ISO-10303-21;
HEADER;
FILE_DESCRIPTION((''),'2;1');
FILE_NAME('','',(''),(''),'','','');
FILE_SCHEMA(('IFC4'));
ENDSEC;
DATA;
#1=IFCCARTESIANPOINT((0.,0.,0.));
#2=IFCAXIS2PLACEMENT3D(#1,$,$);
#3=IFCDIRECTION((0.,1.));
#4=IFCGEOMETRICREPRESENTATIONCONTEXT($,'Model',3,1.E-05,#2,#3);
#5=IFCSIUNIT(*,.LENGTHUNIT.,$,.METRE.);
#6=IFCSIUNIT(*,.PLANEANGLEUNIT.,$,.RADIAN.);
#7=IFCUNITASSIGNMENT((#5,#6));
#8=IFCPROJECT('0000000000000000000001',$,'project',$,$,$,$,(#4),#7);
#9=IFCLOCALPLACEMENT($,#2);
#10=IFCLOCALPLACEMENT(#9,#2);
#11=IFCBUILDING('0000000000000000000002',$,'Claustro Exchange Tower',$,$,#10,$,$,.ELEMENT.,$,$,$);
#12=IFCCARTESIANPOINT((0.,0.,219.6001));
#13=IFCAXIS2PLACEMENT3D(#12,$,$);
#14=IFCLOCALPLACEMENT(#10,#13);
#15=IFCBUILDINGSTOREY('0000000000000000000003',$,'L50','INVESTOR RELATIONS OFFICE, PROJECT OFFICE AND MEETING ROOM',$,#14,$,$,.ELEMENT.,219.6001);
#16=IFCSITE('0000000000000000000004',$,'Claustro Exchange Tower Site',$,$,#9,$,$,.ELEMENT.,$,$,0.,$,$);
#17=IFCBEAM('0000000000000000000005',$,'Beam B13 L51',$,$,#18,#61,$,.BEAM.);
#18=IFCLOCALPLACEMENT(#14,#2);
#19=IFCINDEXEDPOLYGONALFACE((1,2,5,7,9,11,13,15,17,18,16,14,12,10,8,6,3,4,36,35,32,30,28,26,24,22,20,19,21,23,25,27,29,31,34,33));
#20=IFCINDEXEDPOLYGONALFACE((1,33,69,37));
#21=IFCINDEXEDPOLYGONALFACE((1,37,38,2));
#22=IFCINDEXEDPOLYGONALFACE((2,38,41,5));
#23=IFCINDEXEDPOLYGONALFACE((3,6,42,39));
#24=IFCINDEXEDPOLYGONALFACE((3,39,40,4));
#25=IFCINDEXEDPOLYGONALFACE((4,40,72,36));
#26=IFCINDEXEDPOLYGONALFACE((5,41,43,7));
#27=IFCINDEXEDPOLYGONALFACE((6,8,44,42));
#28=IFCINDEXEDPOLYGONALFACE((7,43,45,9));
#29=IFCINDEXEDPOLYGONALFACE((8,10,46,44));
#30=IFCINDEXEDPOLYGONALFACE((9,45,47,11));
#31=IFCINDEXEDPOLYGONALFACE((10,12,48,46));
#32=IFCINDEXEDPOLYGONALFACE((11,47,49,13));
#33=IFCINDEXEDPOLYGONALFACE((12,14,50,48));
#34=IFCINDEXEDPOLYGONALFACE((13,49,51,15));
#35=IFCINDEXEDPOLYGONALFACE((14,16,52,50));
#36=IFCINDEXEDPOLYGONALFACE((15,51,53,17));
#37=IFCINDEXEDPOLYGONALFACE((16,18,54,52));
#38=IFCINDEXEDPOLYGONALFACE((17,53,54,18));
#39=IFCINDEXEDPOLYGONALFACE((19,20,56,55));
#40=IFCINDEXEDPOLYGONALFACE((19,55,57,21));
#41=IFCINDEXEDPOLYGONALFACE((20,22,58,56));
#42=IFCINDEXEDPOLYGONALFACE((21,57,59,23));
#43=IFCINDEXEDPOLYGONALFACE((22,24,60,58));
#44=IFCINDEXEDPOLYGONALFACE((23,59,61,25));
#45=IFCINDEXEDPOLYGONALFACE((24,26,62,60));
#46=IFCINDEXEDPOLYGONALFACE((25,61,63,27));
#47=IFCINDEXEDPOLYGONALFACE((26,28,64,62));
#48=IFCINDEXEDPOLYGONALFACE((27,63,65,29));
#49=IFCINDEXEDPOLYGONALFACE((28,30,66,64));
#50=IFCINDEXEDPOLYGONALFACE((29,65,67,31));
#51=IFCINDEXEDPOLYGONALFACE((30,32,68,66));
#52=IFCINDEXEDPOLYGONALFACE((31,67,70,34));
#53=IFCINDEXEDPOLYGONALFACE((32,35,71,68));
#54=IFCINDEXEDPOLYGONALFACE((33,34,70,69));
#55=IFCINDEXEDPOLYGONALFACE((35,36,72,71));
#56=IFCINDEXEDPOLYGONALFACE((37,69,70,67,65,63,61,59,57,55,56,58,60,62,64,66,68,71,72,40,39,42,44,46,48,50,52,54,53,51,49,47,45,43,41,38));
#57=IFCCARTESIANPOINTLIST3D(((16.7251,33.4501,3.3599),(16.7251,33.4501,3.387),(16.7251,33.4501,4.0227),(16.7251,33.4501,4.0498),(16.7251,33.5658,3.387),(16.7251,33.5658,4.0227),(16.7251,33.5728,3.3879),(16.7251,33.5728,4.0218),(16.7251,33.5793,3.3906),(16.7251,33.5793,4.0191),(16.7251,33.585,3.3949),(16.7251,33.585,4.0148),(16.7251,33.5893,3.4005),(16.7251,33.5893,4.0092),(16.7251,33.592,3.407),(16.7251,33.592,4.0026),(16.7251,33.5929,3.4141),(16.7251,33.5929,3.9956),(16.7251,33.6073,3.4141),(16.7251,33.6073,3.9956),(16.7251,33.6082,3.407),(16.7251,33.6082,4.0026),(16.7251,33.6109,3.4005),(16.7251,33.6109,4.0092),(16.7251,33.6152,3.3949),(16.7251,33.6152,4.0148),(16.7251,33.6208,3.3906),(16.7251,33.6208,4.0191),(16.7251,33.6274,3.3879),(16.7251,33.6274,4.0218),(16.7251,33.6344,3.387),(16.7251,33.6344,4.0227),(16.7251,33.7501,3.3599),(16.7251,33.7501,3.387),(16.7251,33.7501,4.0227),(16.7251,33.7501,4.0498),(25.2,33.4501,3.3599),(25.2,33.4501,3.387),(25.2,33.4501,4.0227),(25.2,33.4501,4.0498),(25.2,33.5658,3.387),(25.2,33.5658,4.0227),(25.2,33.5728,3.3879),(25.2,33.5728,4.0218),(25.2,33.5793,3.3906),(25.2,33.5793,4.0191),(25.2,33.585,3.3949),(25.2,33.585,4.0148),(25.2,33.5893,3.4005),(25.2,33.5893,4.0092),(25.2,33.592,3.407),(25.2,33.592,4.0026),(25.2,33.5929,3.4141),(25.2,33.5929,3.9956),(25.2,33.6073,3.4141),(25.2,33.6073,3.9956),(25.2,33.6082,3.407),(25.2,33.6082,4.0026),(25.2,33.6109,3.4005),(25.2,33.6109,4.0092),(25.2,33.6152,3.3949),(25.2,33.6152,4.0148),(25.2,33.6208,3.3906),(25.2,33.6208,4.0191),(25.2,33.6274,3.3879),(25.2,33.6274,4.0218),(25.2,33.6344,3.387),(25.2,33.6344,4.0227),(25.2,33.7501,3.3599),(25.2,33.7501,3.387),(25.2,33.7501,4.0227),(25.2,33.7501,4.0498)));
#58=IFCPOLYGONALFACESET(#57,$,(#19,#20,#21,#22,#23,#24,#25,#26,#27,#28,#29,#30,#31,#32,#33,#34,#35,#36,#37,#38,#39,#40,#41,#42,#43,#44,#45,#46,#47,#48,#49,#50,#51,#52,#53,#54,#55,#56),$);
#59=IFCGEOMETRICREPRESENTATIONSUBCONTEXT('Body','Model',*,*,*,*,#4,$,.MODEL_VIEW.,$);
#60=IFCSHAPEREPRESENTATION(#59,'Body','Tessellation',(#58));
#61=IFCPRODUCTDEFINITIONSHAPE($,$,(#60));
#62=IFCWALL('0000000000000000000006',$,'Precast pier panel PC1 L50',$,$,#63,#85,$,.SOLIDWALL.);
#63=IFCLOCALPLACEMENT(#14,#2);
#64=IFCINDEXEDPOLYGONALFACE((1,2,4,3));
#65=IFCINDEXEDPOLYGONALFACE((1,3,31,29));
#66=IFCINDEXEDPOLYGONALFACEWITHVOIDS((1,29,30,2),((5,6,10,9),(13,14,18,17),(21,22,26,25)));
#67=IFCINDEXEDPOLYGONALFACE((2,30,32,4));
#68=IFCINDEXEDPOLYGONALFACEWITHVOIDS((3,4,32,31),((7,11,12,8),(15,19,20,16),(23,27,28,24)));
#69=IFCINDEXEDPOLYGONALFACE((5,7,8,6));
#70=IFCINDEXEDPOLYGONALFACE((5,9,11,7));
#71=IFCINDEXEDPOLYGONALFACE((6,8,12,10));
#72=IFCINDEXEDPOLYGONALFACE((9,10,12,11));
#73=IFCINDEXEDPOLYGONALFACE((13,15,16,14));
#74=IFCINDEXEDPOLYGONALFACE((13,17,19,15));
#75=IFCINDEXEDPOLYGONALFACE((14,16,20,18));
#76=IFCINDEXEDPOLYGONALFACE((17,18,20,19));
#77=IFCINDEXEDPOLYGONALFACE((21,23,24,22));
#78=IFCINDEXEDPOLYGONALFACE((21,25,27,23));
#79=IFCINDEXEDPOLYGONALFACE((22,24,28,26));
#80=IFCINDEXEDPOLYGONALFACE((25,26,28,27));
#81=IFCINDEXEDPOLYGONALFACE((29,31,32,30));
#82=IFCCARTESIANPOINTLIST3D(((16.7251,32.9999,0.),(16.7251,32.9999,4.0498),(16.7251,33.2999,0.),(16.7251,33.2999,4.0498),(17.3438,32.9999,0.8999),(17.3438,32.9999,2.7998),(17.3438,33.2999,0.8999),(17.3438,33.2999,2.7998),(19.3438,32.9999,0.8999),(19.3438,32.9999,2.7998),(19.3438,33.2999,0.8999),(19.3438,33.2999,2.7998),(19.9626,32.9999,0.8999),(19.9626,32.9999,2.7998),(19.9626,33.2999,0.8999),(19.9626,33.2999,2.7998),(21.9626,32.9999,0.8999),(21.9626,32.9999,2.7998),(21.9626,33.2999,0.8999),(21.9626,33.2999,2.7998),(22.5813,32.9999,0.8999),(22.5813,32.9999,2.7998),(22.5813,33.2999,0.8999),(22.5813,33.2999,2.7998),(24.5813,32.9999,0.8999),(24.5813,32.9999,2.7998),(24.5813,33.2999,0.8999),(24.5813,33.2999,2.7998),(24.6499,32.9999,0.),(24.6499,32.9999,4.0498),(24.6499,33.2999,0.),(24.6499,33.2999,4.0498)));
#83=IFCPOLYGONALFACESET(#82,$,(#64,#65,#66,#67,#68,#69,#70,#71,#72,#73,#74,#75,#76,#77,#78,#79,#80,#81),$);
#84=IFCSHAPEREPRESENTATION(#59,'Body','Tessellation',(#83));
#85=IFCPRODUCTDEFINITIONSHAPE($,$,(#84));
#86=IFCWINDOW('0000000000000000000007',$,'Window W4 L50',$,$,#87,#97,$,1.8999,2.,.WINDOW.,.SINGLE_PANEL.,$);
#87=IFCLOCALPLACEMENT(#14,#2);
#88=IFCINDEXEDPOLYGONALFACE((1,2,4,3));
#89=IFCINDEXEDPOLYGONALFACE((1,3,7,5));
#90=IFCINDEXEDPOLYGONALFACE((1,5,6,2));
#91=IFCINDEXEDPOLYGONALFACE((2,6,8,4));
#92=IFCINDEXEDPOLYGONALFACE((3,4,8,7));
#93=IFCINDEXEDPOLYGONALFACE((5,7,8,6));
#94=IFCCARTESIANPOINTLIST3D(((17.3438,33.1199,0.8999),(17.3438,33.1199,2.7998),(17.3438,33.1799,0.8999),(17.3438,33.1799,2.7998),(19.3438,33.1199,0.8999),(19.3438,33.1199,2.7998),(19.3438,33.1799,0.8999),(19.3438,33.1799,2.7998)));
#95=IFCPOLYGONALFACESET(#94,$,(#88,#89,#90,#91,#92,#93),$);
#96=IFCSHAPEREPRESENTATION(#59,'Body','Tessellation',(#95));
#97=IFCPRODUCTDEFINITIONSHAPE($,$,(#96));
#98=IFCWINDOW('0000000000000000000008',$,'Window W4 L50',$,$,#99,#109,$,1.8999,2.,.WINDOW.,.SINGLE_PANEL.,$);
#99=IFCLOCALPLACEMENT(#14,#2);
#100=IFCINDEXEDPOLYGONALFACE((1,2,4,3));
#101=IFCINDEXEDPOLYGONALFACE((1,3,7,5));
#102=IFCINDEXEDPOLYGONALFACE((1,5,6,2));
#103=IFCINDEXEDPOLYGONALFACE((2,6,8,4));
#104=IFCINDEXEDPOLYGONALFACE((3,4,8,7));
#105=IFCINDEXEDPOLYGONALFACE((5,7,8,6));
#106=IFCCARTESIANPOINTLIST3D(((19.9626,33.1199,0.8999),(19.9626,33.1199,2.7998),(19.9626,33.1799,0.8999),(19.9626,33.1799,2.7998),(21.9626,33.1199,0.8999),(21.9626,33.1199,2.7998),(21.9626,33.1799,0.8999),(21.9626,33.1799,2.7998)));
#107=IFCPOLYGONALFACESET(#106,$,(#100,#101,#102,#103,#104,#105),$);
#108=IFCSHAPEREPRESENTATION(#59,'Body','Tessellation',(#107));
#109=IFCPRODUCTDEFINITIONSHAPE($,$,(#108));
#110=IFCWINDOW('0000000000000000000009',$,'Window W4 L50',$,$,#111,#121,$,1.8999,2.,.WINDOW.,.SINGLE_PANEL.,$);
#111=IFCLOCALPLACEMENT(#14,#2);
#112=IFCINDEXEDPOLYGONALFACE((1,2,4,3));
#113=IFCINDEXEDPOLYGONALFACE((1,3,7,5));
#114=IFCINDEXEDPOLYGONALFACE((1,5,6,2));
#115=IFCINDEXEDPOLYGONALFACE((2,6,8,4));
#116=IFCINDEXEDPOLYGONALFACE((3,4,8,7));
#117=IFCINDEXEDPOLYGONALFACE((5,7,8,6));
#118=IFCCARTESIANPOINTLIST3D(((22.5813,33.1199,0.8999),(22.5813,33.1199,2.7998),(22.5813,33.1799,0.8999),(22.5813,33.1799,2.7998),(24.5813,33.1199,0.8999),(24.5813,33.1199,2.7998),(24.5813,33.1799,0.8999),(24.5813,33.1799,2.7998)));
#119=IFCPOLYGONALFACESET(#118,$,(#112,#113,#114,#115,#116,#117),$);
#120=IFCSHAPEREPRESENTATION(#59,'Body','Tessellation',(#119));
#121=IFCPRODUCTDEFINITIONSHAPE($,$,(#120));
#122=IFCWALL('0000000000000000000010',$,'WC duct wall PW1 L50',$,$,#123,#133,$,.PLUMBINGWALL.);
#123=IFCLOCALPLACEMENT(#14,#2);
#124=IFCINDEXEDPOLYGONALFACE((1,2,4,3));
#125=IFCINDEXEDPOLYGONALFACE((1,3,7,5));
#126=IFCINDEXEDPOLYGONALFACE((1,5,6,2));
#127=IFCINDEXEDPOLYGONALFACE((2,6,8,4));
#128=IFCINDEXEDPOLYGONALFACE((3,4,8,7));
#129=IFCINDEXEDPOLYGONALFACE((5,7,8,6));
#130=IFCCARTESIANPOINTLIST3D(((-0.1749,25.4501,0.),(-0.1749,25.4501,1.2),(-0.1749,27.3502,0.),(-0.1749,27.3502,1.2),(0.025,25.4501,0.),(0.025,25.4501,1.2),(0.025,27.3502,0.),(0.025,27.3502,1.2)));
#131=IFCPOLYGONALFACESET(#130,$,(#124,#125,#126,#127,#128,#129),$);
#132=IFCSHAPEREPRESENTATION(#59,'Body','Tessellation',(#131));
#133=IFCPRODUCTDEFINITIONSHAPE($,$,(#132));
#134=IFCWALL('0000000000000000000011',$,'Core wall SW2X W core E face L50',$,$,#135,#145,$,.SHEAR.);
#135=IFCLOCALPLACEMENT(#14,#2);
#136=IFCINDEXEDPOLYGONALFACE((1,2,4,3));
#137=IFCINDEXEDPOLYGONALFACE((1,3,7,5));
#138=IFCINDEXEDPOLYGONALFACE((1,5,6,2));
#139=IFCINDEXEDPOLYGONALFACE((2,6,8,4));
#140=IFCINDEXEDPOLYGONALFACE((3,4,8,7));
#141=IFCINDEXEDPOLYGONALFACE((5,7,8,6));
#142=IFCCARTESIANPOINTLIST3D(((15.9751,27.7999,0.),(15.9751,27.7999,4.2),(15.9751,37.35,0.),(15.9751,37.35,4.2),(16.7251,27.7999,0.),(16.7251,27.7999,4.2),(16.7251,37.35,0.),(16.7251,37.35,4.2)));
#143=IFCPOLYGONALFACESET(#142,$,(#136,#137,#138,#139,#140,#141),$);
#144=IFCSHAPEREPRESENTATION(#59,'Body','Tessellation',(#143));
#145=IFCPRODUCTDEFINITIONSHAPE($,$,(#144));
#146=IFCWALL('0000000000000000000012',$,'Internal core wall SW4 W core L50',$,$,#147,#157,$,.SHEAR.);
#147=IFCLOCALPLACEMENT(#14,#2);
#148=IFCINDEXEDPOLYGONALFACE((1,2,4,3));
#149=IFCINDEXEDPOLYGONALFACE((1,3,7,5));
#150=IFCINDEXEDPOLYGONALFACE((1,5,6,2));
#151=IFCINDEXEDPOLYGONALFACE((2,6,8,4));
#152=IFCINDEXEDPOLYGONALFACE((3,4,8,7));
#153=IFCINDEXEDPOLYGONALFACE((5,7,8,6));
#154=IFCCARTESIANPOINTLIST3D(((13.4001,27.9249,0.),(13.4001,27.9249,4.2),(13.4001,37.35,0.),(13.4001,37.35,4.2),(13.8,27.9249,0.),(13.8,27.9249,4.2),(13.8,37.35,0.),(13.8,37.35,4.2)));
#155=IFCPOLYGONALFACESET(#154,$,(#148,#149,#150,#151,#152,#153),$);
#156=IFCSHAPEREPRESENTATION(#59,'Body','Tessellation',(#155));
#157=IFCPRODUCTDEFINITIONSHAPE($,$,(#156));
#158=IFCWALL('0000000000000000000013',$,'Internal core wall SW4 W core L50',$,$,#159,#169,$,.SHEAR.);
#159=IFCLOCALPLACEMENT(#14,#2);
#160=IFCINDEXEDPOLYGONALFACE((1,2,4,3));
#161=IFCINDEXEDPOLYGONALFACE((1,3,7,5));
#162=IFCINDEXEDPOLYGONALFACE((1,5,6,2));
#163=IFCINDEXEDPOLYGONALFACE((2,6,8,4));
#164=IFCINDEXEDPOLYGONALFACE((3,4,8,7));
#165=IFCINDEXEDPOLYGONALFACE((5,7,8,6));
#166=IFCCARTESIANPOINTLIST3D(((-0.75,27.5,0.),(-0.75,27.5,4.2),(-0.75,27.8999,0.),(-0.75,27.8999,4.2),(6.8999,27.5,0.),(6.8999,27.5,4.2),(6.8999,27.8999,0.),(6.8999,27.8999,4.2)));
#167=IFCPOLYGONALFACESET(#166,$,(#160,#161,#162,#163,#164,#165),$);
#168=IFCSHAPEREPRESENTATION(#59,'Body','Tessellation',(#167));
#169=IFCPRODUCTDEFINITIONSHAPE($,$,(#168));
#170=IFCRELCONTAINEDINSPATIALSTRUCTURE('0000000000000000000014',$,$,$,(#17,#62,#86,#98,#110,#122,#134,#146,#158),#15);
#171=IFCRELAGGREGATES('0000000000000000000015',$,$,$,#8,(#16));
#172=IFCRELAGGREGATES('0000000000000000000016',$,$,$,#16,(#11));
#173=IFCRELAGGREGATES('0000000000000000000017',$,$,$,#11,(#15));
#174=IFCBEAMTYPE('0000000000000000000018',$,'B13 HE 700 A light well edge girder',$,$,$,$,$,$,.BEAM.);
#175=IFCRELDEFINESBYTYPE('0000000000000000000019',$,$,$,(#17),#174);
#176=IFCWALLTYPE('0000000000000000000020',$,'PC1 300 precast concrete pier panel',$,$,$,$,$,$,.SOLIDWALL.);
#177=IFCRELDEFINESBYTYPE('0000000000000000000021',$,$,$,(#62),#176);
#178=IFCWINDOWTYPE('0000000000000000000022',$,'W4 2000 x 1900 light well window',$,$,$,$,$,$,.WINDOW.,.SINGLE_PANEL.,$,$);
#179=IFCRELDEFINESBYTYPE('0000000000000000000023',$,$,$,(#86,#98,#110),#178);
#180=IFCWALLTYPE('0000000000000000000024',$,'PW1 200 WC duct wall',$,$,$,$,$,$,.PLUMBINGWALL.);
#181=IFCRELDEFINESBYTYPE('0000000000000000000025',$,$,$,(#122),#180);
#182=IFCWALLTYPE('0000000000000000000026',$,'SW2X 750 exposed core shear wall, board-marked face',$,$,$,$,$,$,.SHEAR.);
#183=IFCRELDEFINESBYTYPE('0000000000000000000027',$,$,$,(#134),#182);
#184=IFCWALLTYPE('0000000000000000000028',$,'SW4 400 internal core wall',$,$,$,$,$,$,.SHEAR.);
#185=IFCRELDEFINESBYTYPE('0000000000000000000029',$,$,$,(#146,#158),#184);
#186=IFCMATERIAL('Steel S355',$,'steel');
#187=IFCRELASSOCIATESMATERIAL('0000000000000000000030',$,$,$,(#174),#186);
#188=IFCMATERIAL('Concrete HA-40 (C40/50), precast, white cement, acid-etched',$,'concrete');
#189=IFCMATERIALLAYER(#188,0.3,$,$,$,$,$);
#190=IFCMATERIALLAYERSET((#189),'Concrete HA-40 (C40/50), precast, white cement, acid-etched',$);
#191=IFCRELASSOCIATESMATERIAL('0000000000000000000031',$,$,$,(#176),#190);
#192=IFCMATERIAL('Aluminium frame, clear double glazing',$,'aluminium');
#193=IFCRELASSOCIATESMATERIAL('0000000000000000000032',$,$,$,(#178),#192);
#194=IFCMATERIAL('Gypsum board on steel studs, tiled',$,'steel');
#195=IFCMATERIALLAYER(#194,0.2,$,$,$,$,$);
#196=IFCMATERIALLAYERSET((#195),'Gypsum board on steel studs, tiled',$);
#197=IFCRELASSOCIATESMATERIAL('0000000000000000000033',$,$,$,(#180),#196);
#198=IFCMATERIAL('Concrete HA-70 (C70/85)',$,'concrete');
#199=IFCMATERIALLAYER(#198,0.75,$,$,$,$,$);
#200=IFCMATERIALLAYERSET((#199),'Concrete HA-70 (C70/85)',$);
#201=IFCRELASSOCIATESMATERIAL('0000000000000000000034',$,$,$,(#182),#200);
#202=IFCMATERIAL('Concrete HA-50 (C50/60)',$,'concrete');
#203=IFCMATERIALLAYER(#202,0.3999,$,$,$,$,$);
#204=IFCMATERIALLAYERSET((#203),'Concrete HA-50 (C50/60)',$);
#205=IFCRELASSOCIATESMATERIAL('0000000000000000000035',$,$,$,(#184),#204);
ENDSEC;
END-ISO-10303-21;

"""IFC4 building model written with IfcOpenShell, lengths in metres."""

from ifc_helpers import new_model, si_unit, direction, frame, frame_2d, origin, origin_2d, place, context, subcontext, project, spatial, rectangle, i_section, extrude, material, layer, layer_set, material_profile, profile_set, type_object, element, fill, save


model = new_model("IFC4")

# Units and contexts
model_context = context("Model", 3, precision=1e-05, world=origin(), true_north=direction((0.0, 1.0)))
body_context = subcontext(model_context, "Body", "Model", "MODEL_VIEW")
ifc_project = project(units=[si_unit("LENGTHUNIT", "METRE"), si_unit("PLANEANGLEUNIT", "RADIAN")], contexts=[model_context])

# Site, building, storey
site_placement = place(None, origin())
site = spatial("IfcSite", under=ifc_project, at=site_placement, Name="Claustro Exchange Tower Site", CompositionType="ELEMENT", RefElevation=0.0)
building_placement = place(site_placement, origin())
building = spatial("IfcBuilding", under=site, at=building_placement, Name="Claustro Exchange Tower", CompositionType="ELEMENT")
storey_placement = place(building_placement, frame((0.0, 0.0, 219.6001)))
storey = spatial("IfcBuildingStorey", under=building, at=storey_placement, Name="L50", Description="INVESTOR RELATIONS OFFICE, PROJECT OFFICE AND MEETING ROOM", CompositionType="ELEMENT", Elevation=219.6001)

# Beam
ifc_material_1 = material(Name="Steel S355", Category="steel")
ifc_material_profile = material_profile(ifc_material_1, i_section(OverallWidth=0.3, OverallDepth=0.6899, WebThickness=0.0144, FlangeThickness=0.0271, FilletRadius=0.0271, at=origin_2d()), Name="HE 700 A")
ifc_profile_set = profile_set([ifc_material_profile], Name="Steel S355")
beam_type = type_object("IfcBeamType", Name="B13 HE 700 A light well edge girder", PredefinedType="BEAM", material=ifc_profile_set)
beam_placement = place(storey_placement, frame((16.7251, 33.6001, 3.7048), z_axis=(1.0, 0.0, 0.0), x_axis=(0.0, 1.0, 0.0)))
element("IfcBeam", 1, at=beam_placement, inside=storey, type_object=beam_type, Name="Beam B13 L51", PredefinedType="BEAM", context=body_context, shape_type="SweptSolid", body=[
    extrude(i_section(OverallWidth=0.3, OverallDepth=0.6899, WebThickness=0.0144, FlangeThickness=0.0271, FilletRadius=0.0271, at=origin_2d()), origin(), (0.0, 0.0, 1.0), 8.4749),
])

# Wall, openings, windows
ifc_material_2 = material(Name="Concrete HA-40 (C40/50), precast, white cement, acid-etched", Category="concrete")
ifc_layer_1 = layer(ifc_material_2, 0.3)
ifc_layer_set_1 = layer_set([ifc_layer_1], Name="Concrete HA-40 (C40/50), precast, white cement, acid-etched")
wall_type_1 = type_object("IfcWallType", Name="PC1 300 precast concrete pier panel", PredefinedType="SOLIDWALL", material=ifc_layer_set_1)
wall_1_placement = place(storey_placement, frame((16.7251, 33.1499, 0.0), z_axis=(0.0, 0.0, 1.0), x_axis=(1.0, 0.0, 0.0)))
wall_1 = element("IfcWall", 2, at=wall_1_placement, inside=storey, type_object=wall_type_1, Name="Precast pier panel PC1 L50", PredefinedType="SOLIDWALL", context=body_context, shape_type="SweptSolid", body=[
    extrude(rectangle(XDim=7.9248, YDim=0.3, at=frame_2d((3.9624, 0.0))), origin(), (0.0, 0.0, 1.0), 4.0498),
])
opening_1_placement = place(wall_1_placement, frame((0.6187, 0.0, 0.8999)))
opening_1 = element("IfcOpeningElement", 3, at=opening_1_placement, cuts=wall_1, PredefinedType="OPENING", context=body_context, shape_type="SweptSolid", body=[
    extrude(rectangle(XDim=2.0, YDim=1.8999, at=frame_2d((1.0, 0.95))), frame((0.0, 0.1599, 0.0), z_axis=(0.0, -1.0, 0.0), x_axis=(1.0, 0.0, 0.0)), (0.0, 0.0, 1.0), 0.3201),
])
opening_2_placement = place(wall_1_placement, frame((3.2375, 0.0, 0.8999)))
opening_2 = element("IfcOpeningElement", 4, at=opening_2_placement, cuts=wall_1, PredefinedType="OPENING", context=body_context, shape_type="SweptSolid", body=[
    extrude(rectangle(XDim=2.0, YDim=1.8999, at=frame_2d((1.0, 0.95))), frame((0.0, 0.1599, 0.0), z_axis=(0.0, -1.0, 0.0), x_axis=(1.0, 0.0, 0.0)), (0.0, 0.0, 1.0), 0.3201),
])
opening_3_placement = place(wall_1_placement, frame((5.8562, 0.0, 0.8999)))
opening_3 = element("IfcOpeningElement", 5, at=opening_3_placement, cuts=wall_1, PredefinedType="OPENING", context=body_context, shape_type="SweptSolid", body=[
    extrude(rectangle(XDim=2.0, YDim=1.8999, at=frame_2d((1.0, 0.95))), frame((0.0, 0.1599, 0.0), z_axis=(0.0, -1.0, 0.0), x_axis=(1.0, 0.0, 0.0)), (0.0, 0.0, 1.0), 0.3201),
])
ifc_material_3 = material(Name="Aluminium frame, clear double glazing", Category="aluminium")
window_type = type_object("IfcWindowType", Name="W4 2000 x 1900 light well window", PartitioningType="SINGLE_PANEL", PredefinedType="WINDOW", material=ifc_material_3)
window_1_placement = place(opening_1_placement, origin())
window_1 = element("IfcWindow", 6, at=window_1_placement, inside=storey, type_object=window_type, Name="Window W4 L50", OverallHeight=1.8999, OverallWidth=2.0, PartitioningType="SINGLE_PANEL", PredefinedType="WINDOW", context=body_context, shape_type="SweptSolid", body=[
    extrude(rectangle(XDim=2.0, YDim=1.8999, at=frame_2d((1.0, 0.95))), frame((0.0, 0.03, 0.0), z_axis=(0.0, -1.0, 0.0), x_axis=(1.0, 0.0, 0.0)), (0.0, 0.0, 1.0), 0.0601),
])
fill(opening_1, window_1)
window_2_placement = place(opening_2_placement, origin())
window_2 = element("IfcWindow", 7, at=window_2_placement, inside=storey, type_object=window_type, Name="Window W4 L50", OverallHeight=1.8999, OverallWidth=2.0, PartitioningType="SINGLE_PANEL", PredefinedType="WINDOW", context=body_context, shape_type="SweptSolid", body=[
    extrude(rectangle(XDim=2.0, YDim=1.8999, at=frame_2d((1.0, 0.95))), frame((0.0, 0.03, 0.0), z_axis=(0.0, -1.0, 0.0), x_axis=(1.0, 0.0, 0.0)), (0.0, 0.0, 1.0), 0.0601),
])
fill(opening_2, window_2)
window_3_placement = place(opening_3_placement, origin())
window_3 = element("IfcWindow", 8, at=window_3_placement, inside=storey, type_object=window_type, Name="Window W4 L50", OverallHeight=1.8999, OverallWidth=2.0, PartitioningType="SINGLE_PANEL", PredefinedType="WINDOW", context=body_context, shape_type="SweptSolid", body=[
    extrude(rectangle(XDim=2.0, YDim=1.8999, at=frame_2d((1.0, 0.95))), frame((0.0, 0.03, 0.0), z_axis=(0.0, -1.0, 0.0), x_axis=(1.0, 0.0, 0.0)), (0.0, 0.0, 1.0), 0.0601),
])
fill(opening_3, window_3)

# Wall
ifc_material_4 = material(Name="Gypsum board on steel studs, tiled", Category="steel")
ifc_layer_2 = layer(ifc_material_4, 0.2)
ifc_layer_set_2 = layer_set([ifc_layer_2], Name="Gypsum board on steel studs, tiled")
wall_type_2 = type_object("IfcWallType", Name="PW1 200 WC duct wall", PredefinedType="PLUMBINGWALL", material=ifc_layer_set_2)
wall_2_placement = place(storey_placement, frame((-0.075, 25.45, 0.0), z_axis=(0.0, 0.0, 1.0), x_axis=(0.0, 1.0, 0.0)))
element("IfcWall", 9, at=wall_2_placement, inside=storey, type_object=wall_type_2, Name="WC duct wall PW1 L50", PredefinedType="PLUMBINGWALL", context=body_context, shape_type="SweptSolid", body=[
    extrude(rectangle(XDim=1.9001, YDim=0.2, at=frame_2d((0.9502, 0.0))), origin(), (0.0, 0.0, 1.0), 1.2),
])

# Walls
ifc_material_5 = material(Name="Concrete HA-70 (C70/85)", Category="concrete")
ifc_layer_3 = layer(ifc_material_5, 0.75)
ifc_layer_set_3 = layer_set([ifc_layer_3], Name="Concrete HA-70 (C70/85)")
wall_type_3 = type_object("IfcWallType", Name="SW2X 750 exposed core shear wall, board-marked face", PredefinedType="SHEAR", material=ifc_layer_set_3)
wall_3_placement = place(storey_placement, frame((16.3501, 27.8, 0.0), z_axis=(0.0, 0.0, 1.0), x_axis=(0.0, 1.0, 0.0)))
element("IfcWall", 10, at=wall_3_placement, inside=storey, type_object=wall_type_3, Name="Core wall SW2X W core E face L50", PredefinedType="SHEAR", context=body_context, shape_type="SweptSolid", body=[
    extrude(rectangle(XDim=9.55, YDim=0.75, at=frame_2d((4.7749, 0.0))), origin(), (0.0, 0.0, 1.0), 4.2),
])
ifc_material_6 = material(Name="Concrete HA-50 (C50/60)", Category="concrete")
ifc_layer_4 = layer(ifc_material_6, 0.3999)
ifc_layer_set_4 = layer_set([ifc_layer_4], Name="Concrete HA-50 (C50/60)")
wall_type_4 = type_object("IfcWallType", Name="SW4 400 internal core wall", PredefinedType="SHEAR", material=ifc_layer_set_4)
wall_4_placement = place(storey_placement, frame((13.6001, 27.925, 0.0), z_axis=(0.0, 0.0, 1.0), x_axis=(0.0, 1.0, 0.0)))
element("IfcWall", 11, at=wall_4_placement, inside=storey, type_object=wall_type_4, Name="Internal core wall SW4 W core L50", PredefinedType="SHEAR", context=body_context, shape_type="SweptSolid", body=[
    extrude(rectangle(XDim=9.425, YDim=0.3999, at=frame_2d((4.7124, 0.0))), origin(), (0.0, 0.0, 1.0), 4.2),
])
for number, where, z_axis, x_axis, name in (
    (12, (-0.75, 27.7, 0.0), (0.0, 0.0, 1.0), (1.0, 0.0, 0.0), "Internal core wall SW4 W core L50"),
):
    element("IfcWall", number, at=place(storey_placement, frame(where, z_axis=z_axis, x_axis=x_axis)), inside=storey, type_object=wall_type_4, Name=name, PredefinedType="SHEAR", context=body_context, shape_type="SweptSolid", body=[
        extrude(rectangle(XDim=7.6499, YDim=0.3999, at=frame_2d((3.825, 0.0))), origin(), (0.0, 0.0, 1.0), 4.2),
    ])

save(model, "model.ifc")
